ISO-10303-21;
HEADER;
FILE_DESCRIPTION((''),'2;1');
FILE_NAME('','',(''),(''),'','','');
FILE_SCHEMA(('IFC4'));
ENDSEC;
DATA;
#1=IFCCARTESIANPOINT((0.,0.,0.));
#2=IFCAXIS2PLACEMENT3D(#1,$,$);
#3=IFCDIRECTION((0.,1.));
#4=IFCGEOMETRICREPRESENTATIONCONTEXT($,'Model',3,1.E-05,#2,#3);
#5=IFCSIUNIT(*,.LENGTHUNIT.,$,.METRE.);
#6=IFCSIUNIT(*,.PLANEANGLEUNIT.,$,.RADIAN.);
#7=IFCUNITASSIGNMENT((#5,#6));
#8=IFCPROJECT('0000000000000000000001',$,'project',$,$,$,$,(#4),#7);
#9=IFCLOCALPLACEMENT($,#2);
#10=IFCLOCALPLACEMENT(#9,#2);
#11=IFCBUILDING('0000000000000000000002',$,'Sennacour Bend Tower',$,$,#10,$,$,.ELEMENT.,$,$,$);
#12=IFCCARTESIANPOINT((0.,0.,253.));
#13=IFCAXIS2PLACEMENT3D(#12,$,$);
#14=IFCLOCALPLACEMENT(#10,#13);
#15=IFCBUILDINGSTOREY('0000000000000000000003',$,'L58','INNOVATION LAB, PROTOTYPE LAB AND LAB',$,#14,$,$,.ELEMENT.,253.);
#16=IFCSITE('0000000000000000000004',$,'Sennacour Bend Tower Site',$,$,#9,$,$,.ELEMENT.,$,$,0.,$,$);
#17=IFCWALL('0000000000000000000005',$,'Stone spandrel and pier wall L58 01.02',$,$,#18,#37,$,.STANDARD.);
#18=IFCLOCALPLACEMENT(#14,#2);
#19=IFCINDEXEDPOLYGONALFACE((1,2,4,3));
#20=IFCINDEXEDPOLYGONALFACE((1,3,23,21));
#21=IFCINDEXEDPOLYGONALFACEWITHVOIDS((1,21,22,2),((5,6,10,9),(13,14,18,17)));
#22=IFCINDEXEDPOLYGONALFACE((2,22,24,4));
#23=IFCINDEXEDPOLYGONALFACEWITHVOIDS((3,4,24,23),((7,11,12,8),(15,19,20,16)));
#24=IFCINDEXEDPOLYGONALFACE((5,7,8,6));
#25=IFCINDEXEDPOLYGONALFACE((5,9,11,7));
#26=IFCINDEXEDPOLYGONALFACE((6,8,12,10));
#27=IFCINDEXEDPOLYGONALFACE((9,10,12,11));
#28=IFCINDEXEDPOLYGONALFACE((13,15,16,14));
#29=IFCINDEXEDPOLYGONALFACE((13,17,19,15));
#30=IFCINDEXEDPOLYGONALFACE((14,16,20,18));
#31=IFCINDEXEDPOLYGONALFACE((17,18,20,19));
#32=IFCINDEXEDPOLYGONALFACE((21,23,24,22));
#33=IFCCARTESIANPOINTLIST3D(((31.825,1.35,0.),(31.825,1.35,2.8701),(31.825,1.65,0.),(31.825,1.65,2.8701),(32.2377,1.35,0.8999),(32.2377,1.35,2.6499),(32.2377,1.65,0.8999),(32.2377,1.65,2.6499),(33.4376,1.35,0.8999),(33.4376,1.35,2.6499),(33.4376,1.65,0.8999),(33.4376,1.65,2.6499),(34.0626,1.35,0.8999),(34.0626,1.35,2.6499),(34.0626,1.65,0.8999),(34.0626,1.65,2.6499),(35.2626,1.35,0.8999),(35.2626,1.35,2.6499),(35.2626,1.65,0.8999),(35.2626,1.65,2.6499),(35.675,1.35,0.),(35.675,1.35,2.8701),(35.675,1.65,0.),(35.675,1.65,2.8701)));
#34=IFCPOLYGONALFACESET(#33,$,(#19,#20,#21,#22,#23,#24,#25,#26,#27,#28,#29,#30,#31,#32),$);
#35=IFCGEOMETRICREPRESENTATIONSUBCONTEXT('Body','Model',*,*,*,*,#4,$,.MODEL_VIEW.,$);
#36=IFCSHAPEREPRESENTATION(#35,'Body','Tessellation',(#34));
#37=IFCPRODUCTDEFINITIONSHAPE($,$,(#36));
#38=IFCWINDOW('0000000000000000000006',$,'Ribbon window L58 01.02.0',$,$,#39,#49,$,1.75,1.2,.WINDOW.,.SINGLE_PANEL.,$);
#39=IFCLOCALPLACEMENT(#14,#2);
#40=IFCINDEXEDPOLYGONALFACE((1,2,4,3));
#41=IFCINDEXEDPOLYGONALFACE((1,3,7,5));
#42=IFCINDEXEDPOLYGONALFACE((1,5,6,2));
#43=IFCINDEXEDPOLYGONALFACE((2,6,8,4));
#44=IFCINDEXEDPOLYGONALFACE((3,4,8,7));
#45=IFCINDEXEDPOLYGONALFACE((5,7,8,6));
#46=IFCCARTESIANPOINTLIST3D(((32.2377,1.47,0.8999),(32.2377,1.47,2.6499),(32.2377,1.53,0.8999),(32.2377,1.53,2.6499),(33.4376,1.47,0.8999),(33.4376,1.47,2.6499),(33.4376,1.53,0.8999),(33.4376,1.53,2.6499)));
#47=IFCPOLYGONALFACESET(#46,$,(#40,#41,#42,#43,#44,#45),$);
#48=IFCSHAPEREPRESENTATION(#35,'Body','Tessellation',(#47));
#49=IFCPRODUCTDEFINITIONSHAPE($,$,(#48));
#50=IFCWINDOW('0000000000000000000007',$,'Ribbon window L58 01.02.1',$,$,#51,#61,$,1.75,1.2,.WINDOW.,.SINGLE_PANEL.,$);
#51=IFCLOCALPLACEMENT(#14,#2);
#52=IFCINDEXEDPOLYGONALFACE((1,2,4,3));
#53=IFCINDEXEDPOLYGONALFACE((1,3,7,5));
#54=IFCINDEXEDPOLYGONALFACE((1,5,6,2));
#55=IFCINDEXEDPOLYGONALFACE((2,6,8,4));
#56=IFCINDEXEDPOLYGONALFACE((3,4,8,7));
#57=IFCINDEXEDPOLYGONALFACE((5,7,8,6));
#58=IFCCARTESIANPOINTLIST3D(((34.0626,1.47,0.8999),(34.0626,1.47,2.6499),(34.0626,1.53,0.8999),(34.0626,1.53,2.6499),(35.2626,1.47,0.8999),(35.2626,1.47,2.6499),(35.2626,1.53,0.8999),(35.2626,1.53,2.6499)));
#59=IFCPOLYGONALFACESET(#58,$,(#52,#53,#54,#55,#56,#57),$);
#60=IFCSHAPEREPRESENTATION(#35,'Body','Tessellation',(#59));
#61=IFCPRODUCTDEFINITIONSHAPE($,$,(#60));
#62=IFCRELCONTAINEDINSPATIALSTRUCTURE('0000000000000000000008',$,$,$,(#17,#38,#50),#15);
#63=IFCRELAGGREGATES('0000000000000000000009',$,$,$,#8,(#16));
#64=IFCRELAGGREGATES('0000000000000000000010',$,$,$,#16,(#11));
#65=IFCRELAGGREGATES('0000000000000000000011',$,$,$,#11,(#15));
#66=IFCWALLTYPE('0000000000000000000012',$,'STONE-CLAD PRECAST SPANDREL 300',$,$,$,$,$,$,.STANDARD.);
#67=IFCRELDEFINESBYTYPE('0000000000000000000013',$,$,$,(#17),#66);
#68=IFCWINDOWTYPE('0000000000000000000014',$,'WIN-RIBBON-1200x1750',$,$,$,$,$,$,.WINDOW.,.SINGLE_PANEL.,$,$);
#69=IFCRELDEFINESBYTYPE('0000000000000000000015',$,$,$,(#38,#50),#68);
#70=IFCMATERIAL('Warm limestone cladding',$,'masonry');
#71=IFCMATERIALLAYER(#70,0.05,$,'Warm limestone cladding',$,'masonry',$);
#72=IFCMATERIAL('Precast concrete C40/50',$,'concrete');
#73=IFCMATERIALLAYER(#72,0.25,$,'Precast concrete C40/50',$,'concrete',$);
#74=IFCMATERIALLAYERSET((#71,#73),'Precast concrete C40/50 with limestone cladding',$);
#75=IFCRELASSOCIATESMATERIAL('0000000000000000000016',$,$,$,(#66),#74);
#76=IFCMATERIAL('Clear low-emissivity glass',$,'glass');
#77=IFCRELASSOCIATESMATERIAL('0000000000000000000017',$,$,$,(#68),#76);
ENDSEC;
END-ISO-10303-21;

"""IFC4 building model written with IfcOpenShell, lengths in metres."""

from ifc_helpers import new_model, si_unit, direction, frame, frame_2d, origin, place, context, subcontext, project, spatial, rectangle, extrude, material, layer, layer_set, type_object, element, fill, save


model = new_model("IFC4")

# Units and contexts
model_context = context("Model", 3, precision=1e-05, world=origin(), true_north=direction((0.0, 1.0)))
body_context = subcontext(model_context, "Body", "Model", "MODEL_VIEW")
ifc_project = project(units=[si_unit("LENGTHUNIT", "METRE"), si_unit("PLANEANGLEUNIT", "RADIAN")], contexts=[model_context])

# Site, building, storey
site_placement = place(None, origin())
site = spatial("IfcSite", under=ifc_project, at=site_placement, Name="Sennacour Bend Tower Site", CompositionType="ELEMENT", RefElevation=0.0)
building_placement = place(site_placement, origin())
building = spatial("IfcBuilding", under=site, at=building_placement, Name="Sennacour Bend Tower", CompositionType="ELEMENT")
storey_placement = place(building_placement, frame((0.0, 0.0, 253.0)))
storey = spatial("IfcBuildingStorey", under=building, at=storey_placement, Name="L58", Description="INNOVATION LAB, PROTOTYPE LAB AND LAB", CompositionType="ELEMENT", Elevation=253.0)

# Shared definitions
ifc_material_1 = material(Name="Warm limestone cladding", Category="masonry")
ifc_layer_1 = layer(ifc_material_1, 0.05, Name="Warm limestone cladding", Category="masonry")
ifc_material_2 = material(Name="Precast concrete C40/50", Category="concrete")
ifc_layer_2 = layer(ifc_material_2, 0.25, Name="Precast concrete C40/50", Category="concrete")
ifc_layer_set_1 = layer_set([ifc_layer_1, ifc_layer_2], Name="Precast concrete C40/50 with limestone cladding")
wall_type_1 = type_object("IfcWallType", Name="STONE-CLAD PRECAST SPANDREL 300", PredefinedType="STANDARD", material=ifc_layer_set_1)

# Wall, openings, windows
ifc_material_3 = material(Name="Clear low-emissivity glass", Category="glass")
window_type = type_object("IfcWindowType", Name="WIN-RIBBON-1200x1750", PartitioningType="SINGLE_PANEL", PredefinedType="WINDOW", material=ifc_material_3)
wall_1_placement = place(storey_placement, frame((31.825, 1.5, 0.0), z_axis=(0.0, 0.0, 1.0), x_axis=(1.0, 0.0, 0.0)))
wall_1 = element("IfcWall", 1, at=wall_1_placement, inside=storey, type_object=wall_type_1, Name="Stone spandrel and pier wall L58 01.02", PredefinedType="STANDARD", context=body_context, shape_type="SweptSolid", body=[
    extrude(rectangle(XDim=3.8501, YDim=0.3, at=frame_2d((1.925, 0.0))), origin(), (0.0, 0.0, 1.0), 2.8701),
])
opening_1_placement = place(wall_1_placement, frame((0.4126, 0.0, 0.8999)))
opening_1 = element("IfcOpeningElement", 2, at=opening_1_placement, cuts=wall_1, PredefinedType="OPENING", context=body_context, shape_type="SweptSolid", body=[
    extrude(rectangle(XDim=1.2, YDim=1.75, at=frame_2d((0.6001, 0.875))), frame((0.0, 0.1602, 0.0), z_axis=(0.0, -1.0, 0.0), x_axis=(1.0, 0.0, 0.0)), (0.0, 0.0, 1.0), 0.3201),
])
opening_2_placement = place(wall_1_placement, frame((2.2375, 0.0, 0.8999)))
opening_2 = element("IfcOpeningElement", 3, at=opening_2_placement, cuts=wall_1, PredefinedType="OPENING", context=body_context, shape_type="SweptSolid", body=[
    extrude(rectangle(XDim=1.2, YDim=1.75, at=frame_2d((0.6001, 0.875))), frame((0.0, 0.1602, 0.0), z_axis=(0.0, -1.0, 0.0), x_axis=(1.0, 0.0, 0.0)), (0.0, 0.0, 1.0), 0.3201),
])
window_1_placement = place(opening_1_placement, origin())
window_1 = element("IfcWindow", 4, at=window_1_placement, inside=storey, type_object=window_type, Name="Ribbon window L58 01.02.0", OverallHeight=1.75, OverallWidth=1.2, PartitioningType="SINGLE_PANEL", PredefinedType="WINDOW", context=body_context, shape_type="SweptSolid", body=[
    extrude(rectangle(XDim=1.2, YDim=1.75, at=frame_2d((0.6001, 0.875))), frame((0.0, 0.03, 0.0), z_axis=(0.0, -1.0, 0.0), x_axis=(1.0, 0.0, 0.0)), (0.0, 0.0, 1.0), 0.0601),
])
fill(opening_1, window_1)
window_2_placement = place(opening_2_placement, origin())
window_2 = element("IfcWindow", 5, at=window_2_placement, inside=storey, type_object=window_type, Name="Ribbon window L58 01.02.1", OverallHeight=1.75, OverallWidth=1.2, PartitioningType="SINGLE_PANEL", PredefinedType="WINDOW", context=body_context, shape_type="SweptSolid", body=[
    extrude(rectangle(XDim=1.2, YDim=1.75, at=frame_2d((0.6001, 0.875))), frame((0.0, 0.03, 0.0), z_axis=(0.0, -1.0, 0.0), x_axis=(1.0, 0.0, 0.0)), (0.0, 0.0, 1.0), 0.0601),
])
fill(opening_2, window_2)

save(model, "model.ifc")
